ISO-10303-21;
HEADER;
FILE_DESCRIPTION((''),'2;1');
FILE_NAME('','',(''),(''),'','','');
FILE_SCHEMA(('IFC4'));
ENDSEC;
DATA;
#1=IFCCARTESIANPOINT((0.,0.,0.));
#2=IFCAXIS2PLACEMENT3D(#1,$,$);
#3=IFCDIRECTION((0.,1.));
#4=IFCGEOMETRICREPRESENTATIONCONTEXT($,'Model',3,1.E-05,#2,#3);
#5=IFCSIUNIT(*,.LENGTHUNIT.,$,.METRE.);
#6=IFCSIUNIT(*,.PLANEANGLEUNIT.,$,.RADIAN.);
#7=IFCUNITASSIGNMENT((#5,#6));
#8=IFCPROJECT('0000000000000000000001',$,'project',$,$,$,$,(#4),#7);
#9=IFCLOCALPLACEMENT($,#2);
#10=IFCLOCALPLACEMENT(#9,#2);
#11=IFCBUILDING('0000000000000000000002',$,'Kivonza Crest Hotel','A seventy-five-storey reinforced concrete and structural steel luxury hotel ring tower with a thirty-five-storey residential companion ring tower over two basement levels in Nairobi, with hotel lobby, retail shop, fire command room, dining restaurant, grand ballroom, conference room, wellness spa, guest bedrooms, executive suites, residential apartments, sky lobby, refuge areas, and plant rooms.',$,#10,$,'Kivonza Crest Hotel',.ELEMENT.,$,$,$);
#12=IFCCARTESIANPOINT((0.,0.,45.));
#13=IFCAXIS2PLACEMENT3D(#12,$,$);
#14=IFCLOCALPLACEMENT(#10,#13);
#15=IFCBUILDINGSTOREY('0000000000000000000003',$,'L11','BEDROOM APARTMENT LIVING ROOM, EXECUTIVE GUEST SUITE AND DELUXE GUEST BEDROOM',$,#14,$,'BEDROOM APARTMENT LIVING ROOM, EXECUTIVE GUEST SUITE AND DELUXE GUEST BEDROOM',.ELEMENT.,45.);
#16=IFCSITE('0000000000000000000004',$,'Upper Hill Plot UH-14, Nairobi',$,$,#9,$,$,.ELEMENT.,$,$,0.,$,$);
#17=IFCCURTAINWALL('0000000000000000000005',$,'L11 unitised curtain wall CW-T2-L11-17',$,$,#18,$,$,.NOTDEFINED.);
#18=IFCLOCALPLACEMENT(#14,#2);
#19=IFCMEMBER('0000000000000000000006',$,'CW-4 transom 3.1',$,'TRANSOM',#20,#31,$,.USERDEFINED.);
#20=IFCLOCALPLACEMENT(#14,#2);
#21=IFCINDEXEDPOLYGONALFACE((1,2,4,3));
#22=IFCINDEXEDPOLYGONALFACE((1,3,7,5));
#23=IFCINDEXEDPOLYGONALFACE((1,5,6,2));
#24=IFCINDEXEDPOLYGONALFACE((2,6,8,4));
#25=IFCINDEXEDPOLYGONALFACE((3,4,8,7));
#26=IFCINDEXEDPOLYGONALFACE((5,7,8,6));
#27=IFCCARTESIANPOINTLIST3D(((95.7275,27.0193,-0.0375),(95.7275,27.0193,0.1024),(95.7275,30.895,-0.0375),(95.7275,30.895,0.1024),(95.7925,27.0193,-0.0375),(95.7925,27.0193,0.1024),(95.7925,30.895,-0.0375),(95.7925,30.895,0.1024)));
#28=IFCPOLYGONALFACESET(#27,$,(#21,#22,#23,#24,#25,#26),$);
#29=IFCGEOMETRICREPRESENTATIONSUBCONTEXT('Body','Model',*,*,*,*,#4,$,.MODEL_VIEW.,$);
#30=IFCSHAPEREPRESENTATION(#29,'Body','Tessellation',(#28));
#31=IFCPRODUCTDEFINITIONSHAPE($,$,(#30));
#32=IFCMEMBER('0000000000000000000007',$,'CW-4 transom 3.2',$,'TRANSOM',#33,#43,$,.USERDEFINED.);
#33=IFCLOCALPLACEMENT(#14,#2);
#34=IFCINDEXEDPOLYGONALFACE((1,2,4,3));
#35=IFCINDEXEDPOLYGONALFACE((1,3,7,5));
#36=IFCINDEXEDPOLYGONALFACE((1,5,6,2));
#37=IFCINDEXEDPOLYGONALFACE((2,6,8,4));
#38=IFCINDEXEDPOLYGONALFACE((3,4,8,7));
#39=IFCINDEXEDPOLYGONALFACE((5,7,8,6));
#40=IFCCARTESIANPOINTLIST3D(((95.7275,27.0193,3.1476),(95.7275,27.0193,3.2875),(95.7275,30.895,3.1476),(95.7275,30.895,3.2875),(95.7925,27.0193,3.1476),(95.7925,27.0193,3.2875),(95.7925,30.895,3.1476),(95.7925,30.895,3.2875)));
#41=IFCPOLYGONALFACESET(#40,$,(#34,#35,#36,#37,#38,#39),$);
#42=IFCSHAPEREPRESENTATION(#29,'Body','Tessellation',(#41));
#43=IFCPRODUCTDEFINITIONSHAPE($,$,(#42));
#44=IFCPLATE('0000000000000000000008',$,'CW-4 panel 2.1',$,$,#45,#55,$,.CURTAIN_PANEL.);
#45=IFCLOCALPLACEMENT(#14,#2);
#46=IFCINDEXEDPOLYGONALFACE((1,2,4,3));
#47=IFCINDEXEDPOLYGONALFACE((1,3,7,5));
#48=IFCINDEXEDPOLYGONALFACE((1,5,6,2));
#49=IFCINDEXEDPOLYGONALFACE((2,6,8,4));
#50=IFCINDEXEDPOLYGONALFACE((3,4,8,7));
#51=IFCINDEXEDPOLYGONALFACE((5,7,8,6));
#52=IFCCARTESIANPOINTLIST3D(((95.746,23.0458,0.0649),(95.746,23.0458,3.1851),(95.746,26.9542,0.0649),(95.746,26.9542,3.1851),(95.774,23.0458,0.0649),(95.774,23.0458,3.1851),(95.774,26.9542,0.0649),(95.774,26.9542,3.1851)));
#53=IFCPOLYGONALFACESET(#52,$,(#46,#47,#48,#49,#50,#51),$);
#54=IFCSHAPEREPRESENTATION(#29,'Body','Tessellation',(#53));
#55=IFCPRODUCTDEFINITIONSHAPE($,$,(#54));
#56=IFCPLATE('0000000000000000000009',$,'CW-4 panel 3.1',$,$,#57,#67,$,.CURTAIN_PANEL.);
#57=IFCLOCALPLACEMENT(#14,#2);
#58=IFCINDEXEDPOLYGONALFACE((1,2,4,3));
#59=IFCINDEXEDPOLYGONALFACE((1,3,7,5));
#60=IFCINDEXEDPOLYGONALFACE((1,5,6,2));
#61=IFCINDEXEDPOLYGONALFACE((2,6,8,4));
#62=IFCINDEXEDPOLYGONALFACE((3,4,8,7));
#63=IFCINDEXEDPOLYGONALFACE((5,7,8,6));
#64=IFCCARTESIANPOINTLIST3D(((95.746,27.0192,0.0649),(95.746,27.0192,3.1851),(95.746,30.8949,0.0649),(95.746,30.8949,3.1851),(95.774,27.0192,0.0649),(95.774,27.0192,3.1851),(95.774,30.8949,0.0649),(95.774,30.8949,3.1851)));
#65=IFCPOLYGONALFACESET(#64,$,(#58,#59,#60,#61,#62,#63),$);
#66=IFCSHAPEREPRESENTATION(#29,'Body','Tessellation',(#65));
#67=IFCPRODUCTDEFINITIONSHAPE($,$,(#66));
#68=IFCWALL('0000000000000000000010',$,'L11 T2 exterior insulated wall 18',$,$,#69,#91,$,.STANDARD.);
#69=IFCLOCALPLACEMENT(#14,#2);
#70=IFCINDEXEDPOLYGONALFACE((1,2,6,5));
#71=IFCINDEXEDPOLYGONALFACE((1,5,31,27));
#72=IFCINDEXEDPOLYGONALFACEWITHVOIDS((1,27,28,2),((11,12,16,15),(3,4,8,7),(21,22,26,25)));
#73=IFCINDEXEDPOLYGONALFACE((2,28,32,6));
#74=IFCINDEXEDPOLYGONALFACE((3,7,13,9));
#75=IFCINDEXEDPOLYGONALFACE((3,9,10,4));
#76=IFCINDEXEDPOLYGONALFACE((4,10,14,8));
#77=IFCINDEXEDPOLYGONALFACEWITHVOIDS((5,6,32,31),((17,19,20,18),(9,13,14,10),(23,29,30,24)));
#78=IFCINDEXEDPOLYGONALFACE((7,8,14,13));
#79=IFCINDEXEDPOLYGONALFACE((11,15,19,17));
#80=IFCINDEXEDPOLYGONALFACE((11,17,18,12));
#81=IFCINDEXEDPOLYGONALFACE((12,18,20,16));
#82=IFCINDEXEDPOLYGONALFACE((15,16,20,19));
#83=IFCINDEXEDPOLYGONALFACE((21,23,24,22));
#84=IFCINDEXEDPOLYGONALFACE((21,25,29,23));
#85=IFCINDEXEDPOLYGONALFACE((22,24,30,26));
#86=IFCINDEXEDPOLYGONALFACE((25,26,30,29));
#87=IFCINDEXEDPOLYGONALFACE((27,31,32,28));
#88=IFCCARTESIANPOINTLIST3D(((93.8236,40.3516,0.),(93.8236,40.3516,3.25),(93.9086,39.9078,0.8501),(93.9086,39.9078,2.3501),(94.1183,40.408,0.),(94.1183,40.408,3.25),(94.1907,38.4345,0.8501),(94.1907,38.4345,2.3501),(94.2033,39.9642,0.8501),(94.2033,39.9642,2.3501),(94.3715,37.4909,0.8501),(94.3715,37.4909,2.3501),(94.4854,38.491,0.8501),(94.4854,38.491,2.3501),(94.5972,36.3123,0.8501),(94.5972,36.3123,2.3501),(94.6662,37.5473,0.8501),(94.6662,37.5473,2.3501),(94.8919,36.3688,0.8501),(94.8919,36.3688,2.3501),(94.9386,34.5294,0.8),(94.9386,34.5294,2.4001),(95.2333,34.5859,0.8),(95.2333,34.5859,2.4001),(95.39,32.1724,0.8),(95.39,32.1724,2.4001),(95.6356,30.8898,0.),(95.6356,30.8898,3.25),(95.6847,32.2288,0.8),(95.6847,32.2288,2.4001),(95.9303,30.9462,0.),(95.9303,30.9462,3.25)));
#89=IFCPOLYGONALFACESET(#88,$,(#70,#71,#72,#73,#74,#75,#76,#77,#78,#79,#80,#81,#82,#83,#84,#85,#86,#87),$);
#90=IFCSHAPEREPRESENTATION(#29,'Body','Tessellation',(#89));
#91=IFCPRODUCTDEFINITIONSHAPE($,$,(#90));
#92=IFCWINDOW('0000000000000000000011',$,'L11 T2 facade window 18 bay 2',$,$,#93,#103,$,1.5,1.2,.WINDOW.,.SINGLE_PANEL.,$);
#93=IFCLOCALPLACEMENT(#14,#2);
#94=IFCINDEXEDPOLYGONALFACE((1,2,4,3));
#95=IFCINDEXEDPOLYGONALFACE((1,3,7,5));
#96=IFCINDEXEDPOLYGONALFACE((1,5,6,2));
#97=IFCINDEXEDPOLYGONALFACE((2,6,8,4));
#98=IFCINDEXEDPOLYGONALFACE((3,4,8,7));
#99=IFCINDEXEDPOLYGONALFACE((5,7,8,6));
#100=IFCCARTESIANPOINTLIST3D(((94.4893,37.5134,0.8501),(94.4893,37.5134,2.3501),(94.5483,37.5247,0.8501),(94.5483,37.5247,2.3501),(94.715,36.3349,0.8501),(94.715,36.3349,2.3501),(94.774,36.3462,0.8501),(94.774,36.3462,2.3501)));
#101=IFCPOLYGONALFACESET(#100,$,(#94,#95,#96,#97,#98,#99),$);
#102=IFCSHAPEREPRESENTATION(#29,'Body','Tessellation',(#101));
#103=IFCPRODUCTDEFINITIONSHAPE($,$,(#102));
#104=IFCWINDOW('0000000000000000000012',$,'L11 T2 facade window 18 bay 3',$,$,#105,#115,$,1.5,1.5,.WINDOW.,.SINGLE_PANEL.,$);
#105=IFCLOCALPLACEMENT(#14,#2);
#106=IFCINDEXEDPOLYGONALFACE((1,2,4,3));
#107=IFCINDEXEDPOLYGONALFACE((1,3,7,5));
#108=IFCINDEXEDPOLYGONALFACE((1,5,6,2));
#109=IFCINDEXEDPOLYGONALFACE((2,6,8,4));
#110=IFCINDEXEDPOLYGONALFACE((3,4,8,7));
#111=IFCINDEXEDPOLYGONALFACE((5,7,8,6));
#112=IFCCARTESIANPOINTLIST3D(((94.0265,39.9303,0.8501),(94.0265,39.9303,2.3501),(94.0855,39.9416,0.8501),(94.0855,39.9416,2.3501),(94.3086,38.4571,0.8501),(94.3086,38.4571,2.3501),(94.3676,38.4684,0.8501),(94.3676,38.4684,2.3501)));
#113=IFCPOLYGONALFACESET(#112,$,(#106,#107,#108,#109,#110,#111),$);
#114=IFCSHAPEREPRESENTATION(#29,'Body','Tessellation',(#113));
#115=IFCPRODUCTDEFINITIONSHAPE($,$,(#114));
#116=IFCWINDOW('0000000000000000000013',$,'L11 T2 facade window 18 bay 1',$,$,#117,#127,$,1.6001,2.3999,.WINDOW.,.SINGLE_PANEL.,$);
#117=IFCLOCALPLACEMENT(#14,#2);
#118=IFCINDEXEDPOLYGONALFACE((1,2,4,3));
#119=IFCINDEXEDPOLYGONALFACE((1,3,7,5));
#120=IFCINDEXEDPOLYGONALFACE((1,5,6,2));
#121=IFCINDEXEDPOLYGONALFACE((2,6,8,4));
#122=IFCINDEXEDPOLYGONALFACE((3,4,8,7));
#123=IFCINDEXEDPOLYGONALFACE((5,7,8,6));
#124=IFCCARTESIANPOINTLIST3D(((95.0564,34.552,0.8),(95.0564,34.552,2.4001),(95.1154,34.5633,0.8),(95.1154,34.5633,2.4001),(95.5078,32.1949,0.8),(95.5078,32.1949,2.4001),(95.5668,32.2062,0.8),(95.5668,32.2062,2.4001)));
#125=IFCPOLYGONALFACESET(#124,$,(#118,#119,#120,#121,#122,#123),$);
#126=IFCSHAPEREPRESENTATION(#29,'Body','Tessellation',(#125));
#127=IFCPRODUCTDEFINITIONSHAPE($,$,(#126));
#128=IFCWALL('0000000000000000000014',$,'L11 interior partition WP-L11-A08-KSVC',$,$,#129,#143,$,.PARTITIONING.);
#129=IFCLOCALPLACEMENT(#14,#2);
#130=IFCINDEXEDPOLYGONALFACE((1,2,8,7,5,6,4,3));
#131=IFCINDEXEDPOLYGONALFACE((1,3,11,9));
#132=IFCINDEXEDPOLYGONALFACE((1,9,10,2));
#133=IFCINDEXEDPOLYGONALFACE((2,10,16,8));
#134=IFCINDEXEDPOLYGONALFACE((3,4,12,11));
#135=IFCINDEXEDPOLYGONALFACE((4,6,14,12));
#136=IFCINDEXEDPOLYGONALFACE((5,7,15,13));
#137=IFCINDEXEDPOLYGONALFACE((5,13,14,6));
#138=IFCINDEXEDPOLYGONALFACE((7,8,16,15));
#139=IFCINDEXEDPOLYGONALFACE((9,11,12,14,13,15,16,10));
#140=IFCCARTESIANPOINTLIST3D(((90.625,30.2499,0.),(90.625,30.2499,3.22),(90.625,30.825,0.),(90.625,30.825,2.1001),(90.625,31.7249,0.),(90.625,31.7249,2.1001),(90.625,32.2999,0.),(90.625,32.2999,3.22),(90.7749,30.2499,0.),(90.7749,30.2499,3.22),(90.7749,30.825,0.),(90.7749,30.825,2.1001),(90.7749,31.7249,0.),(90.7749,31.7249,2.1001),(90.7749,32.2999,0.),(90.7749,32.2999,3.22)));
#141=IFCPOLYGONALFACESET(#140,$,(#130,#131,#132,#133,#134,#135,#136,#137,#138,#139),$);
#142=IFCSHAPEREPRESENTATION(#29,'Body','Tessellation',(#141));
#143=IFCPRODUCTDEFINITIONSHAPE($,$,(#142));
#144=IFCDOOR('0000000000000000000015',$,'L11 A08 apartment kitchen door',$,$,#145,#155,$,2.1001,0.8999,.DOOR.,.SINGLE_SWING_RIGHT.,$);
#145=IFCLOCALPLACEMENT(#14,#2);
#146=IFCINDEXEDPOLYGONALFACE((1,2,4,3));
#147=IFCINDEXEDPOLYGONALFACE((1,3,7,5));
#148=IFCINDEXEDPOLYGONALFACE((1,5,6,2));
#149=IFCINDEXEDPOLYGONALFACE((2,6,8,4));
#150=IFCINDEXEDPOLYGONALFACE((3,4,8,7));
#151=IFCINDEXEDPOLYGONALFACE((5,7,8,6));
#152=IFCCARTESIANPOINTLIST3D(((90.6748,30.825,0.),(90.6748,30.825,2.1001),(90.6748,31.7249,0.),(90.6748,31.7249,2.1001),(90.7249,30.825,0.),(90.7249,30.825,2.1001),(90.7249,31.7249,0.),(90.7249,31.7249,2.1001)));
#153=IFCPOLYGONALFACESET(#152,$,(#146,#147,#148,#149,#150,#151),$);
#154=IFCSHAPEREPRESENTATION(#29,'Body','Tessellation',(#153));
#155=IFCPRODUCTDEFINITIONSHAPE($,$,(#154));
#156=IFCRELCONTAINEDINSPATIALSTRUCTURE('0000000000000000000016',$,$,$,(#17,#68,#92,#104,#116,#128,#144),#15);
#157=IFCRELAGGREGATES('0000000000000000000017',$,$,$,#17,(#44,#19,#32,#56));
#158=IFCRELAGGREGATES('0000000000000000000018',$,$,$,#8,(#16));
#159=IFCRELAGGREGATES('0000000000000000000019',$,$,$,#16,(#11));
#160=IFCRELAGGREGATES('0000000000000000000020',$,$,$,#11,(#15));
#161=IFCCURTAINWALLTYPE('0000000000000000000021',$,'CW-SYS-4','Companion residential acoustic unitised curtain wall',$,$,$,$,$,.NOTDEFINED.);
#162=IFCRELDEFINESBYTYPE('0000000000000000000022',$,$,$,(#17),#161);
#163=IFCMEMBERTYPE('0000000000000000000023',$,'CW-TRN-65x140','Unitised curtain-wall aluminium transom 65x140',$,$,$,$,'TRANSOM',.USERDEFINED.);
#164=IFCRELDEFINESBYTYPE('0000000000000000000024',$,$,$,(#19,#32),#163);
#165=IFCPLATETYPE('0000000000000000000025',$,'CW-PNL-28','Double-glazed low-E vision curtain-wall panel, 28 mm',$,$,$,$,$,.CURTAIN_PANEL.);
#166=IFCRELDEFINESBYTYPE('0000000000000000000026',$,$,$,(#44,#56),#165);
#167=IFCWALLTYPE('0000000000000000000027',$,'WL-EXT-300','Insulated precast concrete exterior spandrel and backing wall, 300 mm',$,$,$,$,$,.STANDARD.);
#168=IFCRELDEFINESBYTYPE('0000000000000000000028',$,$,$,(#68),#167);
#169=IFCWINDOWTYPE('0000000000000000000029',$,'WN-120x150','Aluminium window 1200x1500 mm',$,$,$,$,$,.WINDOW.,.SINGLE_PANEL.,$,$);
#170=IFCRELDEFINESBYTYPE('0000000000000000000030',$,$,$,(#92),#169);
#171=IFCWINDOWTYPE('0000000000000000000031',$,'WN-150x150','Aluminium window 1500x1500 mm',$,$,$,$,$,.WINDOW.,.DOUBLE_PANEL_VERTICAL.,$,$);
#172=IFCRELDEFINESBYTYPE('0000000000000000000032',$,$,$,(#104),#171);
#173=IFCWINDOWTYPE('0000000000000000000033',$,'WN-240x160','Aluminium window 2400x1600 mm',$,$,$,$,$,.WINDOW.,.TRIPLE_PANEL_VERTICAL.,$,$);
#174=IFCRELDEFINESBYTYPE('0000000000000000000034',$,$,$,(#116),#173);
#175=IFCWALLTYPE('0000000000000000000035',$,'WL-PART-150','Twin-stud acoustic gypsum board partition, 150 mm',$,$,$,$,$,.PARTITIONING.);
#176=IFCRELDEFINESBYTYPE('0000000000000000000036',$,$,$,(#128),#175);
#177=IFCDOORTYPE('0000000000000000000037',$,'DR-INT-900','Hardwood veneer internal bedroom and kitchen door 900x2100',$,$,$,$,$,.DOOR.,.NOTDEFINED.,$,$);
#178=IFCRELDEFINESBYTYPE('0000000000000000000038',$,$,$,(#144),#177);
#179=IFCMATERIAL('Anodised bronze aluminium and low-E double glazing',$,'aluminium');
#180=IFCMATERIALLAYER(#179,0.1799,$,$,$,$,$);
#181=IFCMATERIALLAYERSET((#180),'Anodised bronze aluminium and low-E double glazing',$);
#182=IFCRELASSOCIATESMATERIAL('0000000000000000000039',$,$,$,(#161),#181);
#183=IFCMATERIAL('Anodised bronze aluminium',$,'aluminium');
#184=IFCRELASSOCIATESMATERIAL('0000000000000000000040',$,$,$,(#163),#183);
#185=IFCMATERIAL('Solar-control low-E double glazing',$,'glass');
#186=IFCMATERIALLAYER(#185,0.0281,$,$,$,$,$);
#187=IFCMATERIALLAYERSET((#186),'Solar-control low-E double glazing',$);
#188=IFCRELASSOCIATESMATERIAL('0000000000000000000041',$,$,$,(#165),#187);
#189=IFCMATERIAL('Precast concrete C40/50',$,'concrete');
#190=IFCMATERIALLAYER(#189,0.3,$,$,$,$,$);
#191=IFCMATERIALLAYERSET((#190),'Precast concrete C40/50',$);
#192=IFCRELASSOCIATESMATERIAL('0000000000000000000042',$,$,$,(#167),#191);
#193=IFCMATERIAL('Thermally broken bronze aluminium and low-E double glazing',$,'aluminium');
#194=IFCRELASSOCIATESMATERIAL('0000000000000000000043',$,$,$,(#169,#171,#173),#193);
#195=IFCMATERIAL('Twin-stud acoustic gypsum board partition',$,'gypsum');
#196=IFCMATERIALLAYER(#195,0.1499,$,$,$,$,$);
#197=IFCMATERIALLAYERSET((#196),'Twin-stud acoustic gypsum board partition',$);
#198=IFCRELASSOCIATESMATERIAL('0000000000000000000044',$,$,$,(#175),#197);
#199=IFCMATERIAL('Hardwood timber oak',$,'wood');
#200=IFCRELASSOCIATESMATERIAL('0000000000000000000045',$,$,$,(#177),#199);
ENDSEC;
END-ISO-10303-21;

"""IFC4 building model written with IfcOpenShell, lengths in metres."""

from ifc_helpers import new_model, si_unit, direction, frame, frame_2d, origin, origin_2d, place, context, subcontext, project, spatial, rectangle, extrude, material, layer, layer_set, material_profile, profile_set, type_object, element, fill, aggregate, save


model = new_model("IFC4")

# Units and contexts
model_context = context("Model", 3, precision=1e-05, world=origin(), true_north=direction((0.0, 1.0)))
body_context = subcontext(model_context, "Body", "Model", "MODEL_VIEW")
ifc_project = project(units=[si_unit("LENGTHUNIT", "METRE"), si_unit("PLANEANGLEUNIT", "RADIAN")], contexts=[model_context])

# Site, building, storey
site_placement = place(None, origin())
site = spatial("IfcSite", under=ifc_project, at=site_placement, Name="Upper Hill Plot UH-14, Nairobi", CompositionType="ELEMENT", RefElevation=0.0)
building_placement = place(site_placement, origin())
building = spatial("IfcBuilding", under=site, at=building_placement, Name="Kivonza Crest Hotel", Description="A seventy-five-storey reinforced concrete and structural steel luxury hotel ring tower with a thirty-five-storey residential companion ring tower over two basement levels in Nairobi, with hotel lobby, retail shop, fire command room, dining restaurant, grand ballroom, conference room, wellness spa, guest bedrooms, executive suites, residential apartments, sky lobby, refuge areas, and plant rooms.", LongName="Kivonza Crest Hotel", CompositionType="ELEMENT")
storey_placement = place(building_placement, frame((0.0, 0.0, 45.0)))
storey = spatial("IfcBuildingStorey", under=building, at=storey_placement, Name="L11", Description="BEDROOM APARTMENT LIVING ROOM, EXECUTIVE GUEST SUITE AND DELUXE GUEST BEDROOM", LongName="BEDROOM APARTMENT LIVING ROOM, EXECUTIVE GUEST SUITE AND DELUXE GUEST BEDROOM", CompositionType="ELEMENT", Elevation=45.0)

# Curtain wall, members, plates
ifc_material_1 = material(Name="Anodised bronze aluminium and low-E double glazing", Category="aluminium")
ifc_layer_1 = layer(ifc_material_1, 0.1799)
ifc_layer_set_1 = layer_set([ifc_layer_1], Name="Anodised bronze aluminium and low-E double glazing")
curtain_wall_type = type_object("IfcCurtainWallType", Name="CW-SYS-4", Description="Companion residential acoustic unitised curtain wall", PredefinedType="NOTDEFINED", material=ifc_layer_set_1)
curtain_wall_placement = place(storey_placement, origin())
curtain_wall = element("IfcCurtainWall", 1, at=curtain_wall_placement, inside=storey, type_object=curtain_wall_type, Name="L11 unitised curtain wall CW-T2-L11-17", PredefinedType="NOTDEFINED")
ifc_material_2 = material(Name="Anodised bronze aluminium", Category="aluminium")
ifc_material_profile_1 = material_profile(ifc_material_2, rectangle(XDim=0.0649, YDim=0.1399, at=origin_2d()), Name="CW-T 65x140")
ifc_profile_set_1 = profile_set([ifc_material_profile_1], Name="Anodised bronze aluminium")
member_type_1 = type_object("IfcMemberType", Name="CW-TRN-65x140", Description="Unitised curtain-wall aluminium transom 65x140", ElementType="TRANSOM", PredefinedType="USERDEFINED", material=ifc_profile_set_1)
member_1_placement = place(storey_placement, frame((95.76, 27.0193, 0.0325), z_axis=(0.0, 1.0, 0.0), x_axis=(-1.0, 0.0, 0.0)))
member_1 = element("IfcMember", 2, at=member_1_placement, type_object=member_type_1, Name="CW-4 transom 3.1", ObjectType="TRANSOM", PredefinedType="USERDEFINED", context=body_context, shape_type="SweptSolid", body=[
    extrude(rectangle(XDim=0.0649, YDim=0.1399, at=origin_2d()), origin(), (0.0, 0.0, 1.0), 3.8757),
])
member_2_placement = place(storey_placement, frame((95.76, 27.0193, 3.2175), z_axis=(0.0, 1.0, 0.0), x_axis=(-1.0, 0.0, 0.0)))
member_2 = element("IfcMember", 3, at=member_2_placement, type_object=member_type_1, Name="CW-4 transom 3.2", ObjectType="TRANSOM", PredefinedType="USERDEFINED", context=body_context, shape_type="SweptSolid", body=[
    extrude(rectangle(XDim=0.0649, YDim=0.1399, at=origin_2d()), origin(), (0.0, 0.0, 1.0), 3.8757),
])
ifc_material_3 = material(Name="Solar-control low-E double glazing", Category="glass")
ifc_layer_2 = layer(ifc_material_3, 0.0281)
ifc_layer_set_2 = layer_set([ifc_layer_2], Name="Solar-control low-E double glazing")
plate_type = type_object("IfcPlateType", Name="CW-PNL-28", Description="Double-glazed low-E vision curtain-wall panel, 28 mm", PredefinedType="CURTAIN_PANEL", material=ifc_layer_set_2)
plate_1_placement = place(storey_placement, frame((95.76, 25.0, 0.0649), z_axis=(0.0, 0.0, 1.0), x_axis=(0.0, 1.0, 0.0)))
plate_1 = element("IfcPlate", 4, at=plate_1_placement, type_object=plate_type, Name="CW-4 panel 2.1", PredefinedType="CURTAIN_PANEL", context=body_context, shape_type="SweptSolid", body=[
    extrude(rectangle(XDim=3.9084, YDim=0.0281, at=origin_2d()), origin(), (0.0, 0.0, 1.0), 3.1201),
])
plate_2_placement = place(storey_placement, frame((95.76, 28.957, 0.0649), z_axis=(0.0, 0.0, 1.0), x_axis=(0.0, 1.0, 0.0)))
plate_2 = element("IfcPlate", 5, at=plate_2_placement, type_object=plate_type, Name="CW-4 panel 3.1", PredefinedType="CURTAIN_PANEL", context=body_context, shape_type="SweptSolid", body=[
    extrude(rectangle(XDim=3.8757, YDim=0.0281, at=origin_2d()), origin(), (0.0, 0.0, 1.0), 3.1201),
])
aggregate(curtain_wall, [plate_1, member_1, member_2, plate_2])

# Wall, openings, windows
ifc_material_4 = material(Name="Precast concrete C40/50", Category="concrete")
ifc_layer_3 = layer(ifc_material_4, 0.3)
ifc_layer_set_3 = layer_set([ifc_layer_3], Name="Precast concrete C40/50")
wall_type_1 = type_object("IfcWallType", Name="WL-EXT-300", Description="Insulated precast concrete exterior spandrel and backing wall, 300 mm", PredefinedType="STANDARD", material=ifc_layer_set_3)
wall_1_placement = place(storey_placement, frame((95.783, 30.918, 0.0), z_axis=(0.0, 0.0, 1.0), x_axis=(-0.188088, 0.982152, 0.0)))
wall_1 = element("IfcWall", 6, at=wall_1_placement, inside=storey, type_object=wall_type_1, Name="L11 T2 exterior insulated wall 18", PredefinedType="STANDARD", context=body_context, shape_type="SweptSolid", body=[
    extrude(rectangle(XDim=9.6338, YDim=0.3, at=frame_2d((4.8169, 0.0))), origin(), (0.0, 0.0, 1.0), 3.25),
])
opening_1_placement = place(wall_1_placement, frame((1.3059, 0.0, 0.8)))
opening_1 = element("IfcOpeningElement", 7, at=opening_1_placement, cuts=wall_1, PredefinedType="OPENING", context=body_context, shape_type="SweptSolid", body=[
    extrude(rectangle(XDim=2.3999, YDim=1.6001, at=frame_2d((1.2, 0.8))), frame((0.0, 0.1602, 0.0), z_axis=(0.0, -1.0, 0.0), x_axis=(1.0, 0.0, 0.0)), (0.0, 0.0, 1.0), 0.3201),
])
opening_2_placement = place(wall_1_placement, frame((5.521, 0.0, 0.8501)))
opening_2 = element("IfcOpeningElement", 8, at=opening_2_placement, cuts=wall_1, PredefinedType="OPENING", context=body_context, shape_type="SweptSolid", body=[
    extrude(rectangle(XDim=1.2, YDim=1.5, at=frame_2d((0.6001, 0.75))), frame((0.0, 0.1602, 0.0), z_axis=(0.0, -1.0, 0.0), x_axis=(1.0, 0.0, 0.0)), (0.0, 0.0, 1.0), 0.3201),
])
opening_3_placement = place(wall_1_placement, frame((7.6819, 0.0, 0.8501)))
opening_3 = element("IfcOpeningElement", 9, at=opening_3_placement, cuts=wall_1, PredefinedType="OPENING", context=body_context, shape_type="SweptSolid", body=[
    extrude(rectangle(XDim=1.5, YDim=1.5, at=frame_2d((0.75, 0.75))), frame((0.0, 0.1602, 0.0), z_axis=(0.0, -1.0, 0.0), x_axis=(1.0, 0.0, 0.0)), (0.0, 0.0, 1.0), 0.3201),
])
ifc_material_5 = material(Name="Thermally broken bronze aluminium and low-E double glazing", Category="aluminium")
window_type_1 = type_object("IfcWindowType", Name="WN-120x150", Description="Aluminium window 1200x1500 mm", PartitioningType="SINGLE_PANEL", PredefinedType="WINDOW", material=ifc_material_5)
window_1_placement = place(opening_2_placement, origin())
window_1 = element("IfcWindow", 10, at=window_1_placement, inside=storey, type_object=window_type_1, Name="L11 T2 facade window 18 bay 2", OverallHeight=1.5, OverallWidth=1.2, PartitioningType="SINGLE_PANEL", PredefinedType="WINDOW", context=body_context, shape_type="SweptSolid", body=[
    extrude(rectangle(XDim=1.2, YDim=1.5, at=frame_2d((0.6001, 0.75))), frame((0.0, 0.03, 0.0), z_axis=(0.0, -1.0, 0.0), x_axis=(1.0, 0.0, 0.0)), (0.0, 0.0, 1.0), 0.0601),
])
fill(opening_2, window_1)
window_type_2 = type_object("IfcWindowType", Name="WN-150x150", Description="Aluminium window 1500x1500 mm", PartitioningType="DOUBLE_PANEL_VERTICAL", PredefinedType="WINDOW", material=ifc_material_5)
window_2_placement = place(opening_3_placement, origin())
window_2 = element("IfcWindow", 11, at=window_2_placement, inside=storey, type_object=window_type_2, Name="L11 T2 facade window 18 bay 3", OverallHeight=1.5, OverallWidth=1.5, PartitioningType="SINGLE_PANEL", PredefinedType="WINDOW", context=body_context, shape_type="SweptSolid", body=[
    extrude(rectangle(XDim=1.5, YDim=1.5, at=frame_2d((0.75, 0.75))), frame((0.0, 0.03, 0.0), z_axis=(0.0, -1.0, 0.0), x_axis=(1.0, 0.0, 0.0)), (0.0, 0.0, 1.0), 0.0601),
])
fill(opening_3, window_2)
window_type_3 = type_object("IfcWindowType", Name="WN-240x160", Description="Aluminium window 2400x1600 mm", PartitioningType="TRIPLE_PANEL_VERTICAL", PredefinedType="WINDOW", material=ifc_material_5)
window_3_placement = place(opening_1_placement, origin())
window_3 = element("IfcWindow", 12, at=window_3_placement, inside=storey, type_object=window_type_3, Name="L11 T2 facade window 18 bay 1", OverallHeight=1.6001, OverallWidth=2.3999, PartitioningType="SINGLE_PANEL", PredefinedType="WINDOW", context=body_context, shape_type="SweptSolid", body=[
    extrude(rectangle(XDim=2.3999, YDim=1.6001, at=frame_2d((1.2, 0.8))), frame((0.0, 0.03, 0.0), z_axis=(0.0, -1.0, 0.0), x_axis=(1.0, 0.0, 0.0)), (0.0, 0.0, 1.0), 0.0601),
])
fill(opening_1, window_3)

# Wall, opening, door
ifc_material_6 = material(Name="Twin-stud acoustic gypsum board partition", Category="gypsum")
ifc_layer_4 = layer(ifc_material_6, 0.1499)
ifc_layer_set_4 = layer_set([ifc_layer_4], Name="Twin-stud acoustic gypsum board partition")
wall_type_2 = type_object("IfcWallType", Name="WL-PART-150", Description="Twin-stud acoustic gypsum board partition, 150 mm", PredefinedType="PARTITIONING", material=ifc_layer_set_4)
wall_2_placement = place(storey_placement, frame((90.7, 30.25, 0.0), z_axis=(0.0, 0.0, 1.0), x_axis=(0.0, 1.0, 0.0)))
wall_2 = element("IfcWall", 13, at=wall_2_placement, inside=storey, type_object=wall_type_2, Name="L11 interior partition WP-L11-A08-KSVC", PredefinedType="PARTITIONING", context=body_context, shape_type="SweptSolid", body=[
    extrude(rectangle(XDim=2.05, YDim=0.1499, at=frame_2d((1.0249, 0.0))), origin(), (0.0, 0.0, 1.0), 3.22),
])
opening_4_placement = place(wall_2_placement, frame((0.575, 0.0, 0.0)))
opening_4 = element("IfcOpeningElement", 14, at=opening_4_placement, cuts=wall_2, PredefinedType="OPENING", context=body_context, shape_type="SweptSolid", body=[
    extrude(rectangle(XDim=0.8999, YDim=2.1001, at=frame_2d((0.45, 1.05))), frame((0.0, 0.085, 0.0), z_axis=(0.0, -1.0, 0.0), x_axis=(1.0, 0.0, 0.0)), (0.0, 0.0, 1.0), 0.1699),
])
ifc_material_7 = material(Name="Hardwood timber oak", Category="wood")
door_type_1 = type_object("IfcDoorType", Name="DR-INT-900", Description="Hardwood veneer internal bedroom and kitchen door 900x2100", OperationType="NOTDEFINED", PredefinedType="DOOR", material=ifc_material_7)
door_1_placement = place(opening_4_placement, frame((0.8999, 0.0, 0.0), z_axis=(0.0, 0.0, 1.0), x_axis=(-1.0, 0.0, 0.0)))
door_1 = element("IfcDoor", 15, at=door_1_placement, inside=storey, type_object=door_type_1, Name="L11 A08 apartment kitchen door", OperationType="SINGLE_SWING_RIGHT", OverallHeight=2.1001, OverallWidth=0.8999, PredefinedType="DOOR", context=body_context, shape_type="SweptSolid", body=[
    extrude(rectangle(XDim=0.8999, YDim=2.1001, at=frame_2d((0.45, 1.05))), frame((0.0, 0.0249, 0.0), z_axis=(0.0, -1.0, 0.0), x_axis=(1.0, 0.0, 0.0)), (0.0, 0.0, 1.0), 0.05),
])
fill(opening_4, door_1)

save(model, "model.ifc")
